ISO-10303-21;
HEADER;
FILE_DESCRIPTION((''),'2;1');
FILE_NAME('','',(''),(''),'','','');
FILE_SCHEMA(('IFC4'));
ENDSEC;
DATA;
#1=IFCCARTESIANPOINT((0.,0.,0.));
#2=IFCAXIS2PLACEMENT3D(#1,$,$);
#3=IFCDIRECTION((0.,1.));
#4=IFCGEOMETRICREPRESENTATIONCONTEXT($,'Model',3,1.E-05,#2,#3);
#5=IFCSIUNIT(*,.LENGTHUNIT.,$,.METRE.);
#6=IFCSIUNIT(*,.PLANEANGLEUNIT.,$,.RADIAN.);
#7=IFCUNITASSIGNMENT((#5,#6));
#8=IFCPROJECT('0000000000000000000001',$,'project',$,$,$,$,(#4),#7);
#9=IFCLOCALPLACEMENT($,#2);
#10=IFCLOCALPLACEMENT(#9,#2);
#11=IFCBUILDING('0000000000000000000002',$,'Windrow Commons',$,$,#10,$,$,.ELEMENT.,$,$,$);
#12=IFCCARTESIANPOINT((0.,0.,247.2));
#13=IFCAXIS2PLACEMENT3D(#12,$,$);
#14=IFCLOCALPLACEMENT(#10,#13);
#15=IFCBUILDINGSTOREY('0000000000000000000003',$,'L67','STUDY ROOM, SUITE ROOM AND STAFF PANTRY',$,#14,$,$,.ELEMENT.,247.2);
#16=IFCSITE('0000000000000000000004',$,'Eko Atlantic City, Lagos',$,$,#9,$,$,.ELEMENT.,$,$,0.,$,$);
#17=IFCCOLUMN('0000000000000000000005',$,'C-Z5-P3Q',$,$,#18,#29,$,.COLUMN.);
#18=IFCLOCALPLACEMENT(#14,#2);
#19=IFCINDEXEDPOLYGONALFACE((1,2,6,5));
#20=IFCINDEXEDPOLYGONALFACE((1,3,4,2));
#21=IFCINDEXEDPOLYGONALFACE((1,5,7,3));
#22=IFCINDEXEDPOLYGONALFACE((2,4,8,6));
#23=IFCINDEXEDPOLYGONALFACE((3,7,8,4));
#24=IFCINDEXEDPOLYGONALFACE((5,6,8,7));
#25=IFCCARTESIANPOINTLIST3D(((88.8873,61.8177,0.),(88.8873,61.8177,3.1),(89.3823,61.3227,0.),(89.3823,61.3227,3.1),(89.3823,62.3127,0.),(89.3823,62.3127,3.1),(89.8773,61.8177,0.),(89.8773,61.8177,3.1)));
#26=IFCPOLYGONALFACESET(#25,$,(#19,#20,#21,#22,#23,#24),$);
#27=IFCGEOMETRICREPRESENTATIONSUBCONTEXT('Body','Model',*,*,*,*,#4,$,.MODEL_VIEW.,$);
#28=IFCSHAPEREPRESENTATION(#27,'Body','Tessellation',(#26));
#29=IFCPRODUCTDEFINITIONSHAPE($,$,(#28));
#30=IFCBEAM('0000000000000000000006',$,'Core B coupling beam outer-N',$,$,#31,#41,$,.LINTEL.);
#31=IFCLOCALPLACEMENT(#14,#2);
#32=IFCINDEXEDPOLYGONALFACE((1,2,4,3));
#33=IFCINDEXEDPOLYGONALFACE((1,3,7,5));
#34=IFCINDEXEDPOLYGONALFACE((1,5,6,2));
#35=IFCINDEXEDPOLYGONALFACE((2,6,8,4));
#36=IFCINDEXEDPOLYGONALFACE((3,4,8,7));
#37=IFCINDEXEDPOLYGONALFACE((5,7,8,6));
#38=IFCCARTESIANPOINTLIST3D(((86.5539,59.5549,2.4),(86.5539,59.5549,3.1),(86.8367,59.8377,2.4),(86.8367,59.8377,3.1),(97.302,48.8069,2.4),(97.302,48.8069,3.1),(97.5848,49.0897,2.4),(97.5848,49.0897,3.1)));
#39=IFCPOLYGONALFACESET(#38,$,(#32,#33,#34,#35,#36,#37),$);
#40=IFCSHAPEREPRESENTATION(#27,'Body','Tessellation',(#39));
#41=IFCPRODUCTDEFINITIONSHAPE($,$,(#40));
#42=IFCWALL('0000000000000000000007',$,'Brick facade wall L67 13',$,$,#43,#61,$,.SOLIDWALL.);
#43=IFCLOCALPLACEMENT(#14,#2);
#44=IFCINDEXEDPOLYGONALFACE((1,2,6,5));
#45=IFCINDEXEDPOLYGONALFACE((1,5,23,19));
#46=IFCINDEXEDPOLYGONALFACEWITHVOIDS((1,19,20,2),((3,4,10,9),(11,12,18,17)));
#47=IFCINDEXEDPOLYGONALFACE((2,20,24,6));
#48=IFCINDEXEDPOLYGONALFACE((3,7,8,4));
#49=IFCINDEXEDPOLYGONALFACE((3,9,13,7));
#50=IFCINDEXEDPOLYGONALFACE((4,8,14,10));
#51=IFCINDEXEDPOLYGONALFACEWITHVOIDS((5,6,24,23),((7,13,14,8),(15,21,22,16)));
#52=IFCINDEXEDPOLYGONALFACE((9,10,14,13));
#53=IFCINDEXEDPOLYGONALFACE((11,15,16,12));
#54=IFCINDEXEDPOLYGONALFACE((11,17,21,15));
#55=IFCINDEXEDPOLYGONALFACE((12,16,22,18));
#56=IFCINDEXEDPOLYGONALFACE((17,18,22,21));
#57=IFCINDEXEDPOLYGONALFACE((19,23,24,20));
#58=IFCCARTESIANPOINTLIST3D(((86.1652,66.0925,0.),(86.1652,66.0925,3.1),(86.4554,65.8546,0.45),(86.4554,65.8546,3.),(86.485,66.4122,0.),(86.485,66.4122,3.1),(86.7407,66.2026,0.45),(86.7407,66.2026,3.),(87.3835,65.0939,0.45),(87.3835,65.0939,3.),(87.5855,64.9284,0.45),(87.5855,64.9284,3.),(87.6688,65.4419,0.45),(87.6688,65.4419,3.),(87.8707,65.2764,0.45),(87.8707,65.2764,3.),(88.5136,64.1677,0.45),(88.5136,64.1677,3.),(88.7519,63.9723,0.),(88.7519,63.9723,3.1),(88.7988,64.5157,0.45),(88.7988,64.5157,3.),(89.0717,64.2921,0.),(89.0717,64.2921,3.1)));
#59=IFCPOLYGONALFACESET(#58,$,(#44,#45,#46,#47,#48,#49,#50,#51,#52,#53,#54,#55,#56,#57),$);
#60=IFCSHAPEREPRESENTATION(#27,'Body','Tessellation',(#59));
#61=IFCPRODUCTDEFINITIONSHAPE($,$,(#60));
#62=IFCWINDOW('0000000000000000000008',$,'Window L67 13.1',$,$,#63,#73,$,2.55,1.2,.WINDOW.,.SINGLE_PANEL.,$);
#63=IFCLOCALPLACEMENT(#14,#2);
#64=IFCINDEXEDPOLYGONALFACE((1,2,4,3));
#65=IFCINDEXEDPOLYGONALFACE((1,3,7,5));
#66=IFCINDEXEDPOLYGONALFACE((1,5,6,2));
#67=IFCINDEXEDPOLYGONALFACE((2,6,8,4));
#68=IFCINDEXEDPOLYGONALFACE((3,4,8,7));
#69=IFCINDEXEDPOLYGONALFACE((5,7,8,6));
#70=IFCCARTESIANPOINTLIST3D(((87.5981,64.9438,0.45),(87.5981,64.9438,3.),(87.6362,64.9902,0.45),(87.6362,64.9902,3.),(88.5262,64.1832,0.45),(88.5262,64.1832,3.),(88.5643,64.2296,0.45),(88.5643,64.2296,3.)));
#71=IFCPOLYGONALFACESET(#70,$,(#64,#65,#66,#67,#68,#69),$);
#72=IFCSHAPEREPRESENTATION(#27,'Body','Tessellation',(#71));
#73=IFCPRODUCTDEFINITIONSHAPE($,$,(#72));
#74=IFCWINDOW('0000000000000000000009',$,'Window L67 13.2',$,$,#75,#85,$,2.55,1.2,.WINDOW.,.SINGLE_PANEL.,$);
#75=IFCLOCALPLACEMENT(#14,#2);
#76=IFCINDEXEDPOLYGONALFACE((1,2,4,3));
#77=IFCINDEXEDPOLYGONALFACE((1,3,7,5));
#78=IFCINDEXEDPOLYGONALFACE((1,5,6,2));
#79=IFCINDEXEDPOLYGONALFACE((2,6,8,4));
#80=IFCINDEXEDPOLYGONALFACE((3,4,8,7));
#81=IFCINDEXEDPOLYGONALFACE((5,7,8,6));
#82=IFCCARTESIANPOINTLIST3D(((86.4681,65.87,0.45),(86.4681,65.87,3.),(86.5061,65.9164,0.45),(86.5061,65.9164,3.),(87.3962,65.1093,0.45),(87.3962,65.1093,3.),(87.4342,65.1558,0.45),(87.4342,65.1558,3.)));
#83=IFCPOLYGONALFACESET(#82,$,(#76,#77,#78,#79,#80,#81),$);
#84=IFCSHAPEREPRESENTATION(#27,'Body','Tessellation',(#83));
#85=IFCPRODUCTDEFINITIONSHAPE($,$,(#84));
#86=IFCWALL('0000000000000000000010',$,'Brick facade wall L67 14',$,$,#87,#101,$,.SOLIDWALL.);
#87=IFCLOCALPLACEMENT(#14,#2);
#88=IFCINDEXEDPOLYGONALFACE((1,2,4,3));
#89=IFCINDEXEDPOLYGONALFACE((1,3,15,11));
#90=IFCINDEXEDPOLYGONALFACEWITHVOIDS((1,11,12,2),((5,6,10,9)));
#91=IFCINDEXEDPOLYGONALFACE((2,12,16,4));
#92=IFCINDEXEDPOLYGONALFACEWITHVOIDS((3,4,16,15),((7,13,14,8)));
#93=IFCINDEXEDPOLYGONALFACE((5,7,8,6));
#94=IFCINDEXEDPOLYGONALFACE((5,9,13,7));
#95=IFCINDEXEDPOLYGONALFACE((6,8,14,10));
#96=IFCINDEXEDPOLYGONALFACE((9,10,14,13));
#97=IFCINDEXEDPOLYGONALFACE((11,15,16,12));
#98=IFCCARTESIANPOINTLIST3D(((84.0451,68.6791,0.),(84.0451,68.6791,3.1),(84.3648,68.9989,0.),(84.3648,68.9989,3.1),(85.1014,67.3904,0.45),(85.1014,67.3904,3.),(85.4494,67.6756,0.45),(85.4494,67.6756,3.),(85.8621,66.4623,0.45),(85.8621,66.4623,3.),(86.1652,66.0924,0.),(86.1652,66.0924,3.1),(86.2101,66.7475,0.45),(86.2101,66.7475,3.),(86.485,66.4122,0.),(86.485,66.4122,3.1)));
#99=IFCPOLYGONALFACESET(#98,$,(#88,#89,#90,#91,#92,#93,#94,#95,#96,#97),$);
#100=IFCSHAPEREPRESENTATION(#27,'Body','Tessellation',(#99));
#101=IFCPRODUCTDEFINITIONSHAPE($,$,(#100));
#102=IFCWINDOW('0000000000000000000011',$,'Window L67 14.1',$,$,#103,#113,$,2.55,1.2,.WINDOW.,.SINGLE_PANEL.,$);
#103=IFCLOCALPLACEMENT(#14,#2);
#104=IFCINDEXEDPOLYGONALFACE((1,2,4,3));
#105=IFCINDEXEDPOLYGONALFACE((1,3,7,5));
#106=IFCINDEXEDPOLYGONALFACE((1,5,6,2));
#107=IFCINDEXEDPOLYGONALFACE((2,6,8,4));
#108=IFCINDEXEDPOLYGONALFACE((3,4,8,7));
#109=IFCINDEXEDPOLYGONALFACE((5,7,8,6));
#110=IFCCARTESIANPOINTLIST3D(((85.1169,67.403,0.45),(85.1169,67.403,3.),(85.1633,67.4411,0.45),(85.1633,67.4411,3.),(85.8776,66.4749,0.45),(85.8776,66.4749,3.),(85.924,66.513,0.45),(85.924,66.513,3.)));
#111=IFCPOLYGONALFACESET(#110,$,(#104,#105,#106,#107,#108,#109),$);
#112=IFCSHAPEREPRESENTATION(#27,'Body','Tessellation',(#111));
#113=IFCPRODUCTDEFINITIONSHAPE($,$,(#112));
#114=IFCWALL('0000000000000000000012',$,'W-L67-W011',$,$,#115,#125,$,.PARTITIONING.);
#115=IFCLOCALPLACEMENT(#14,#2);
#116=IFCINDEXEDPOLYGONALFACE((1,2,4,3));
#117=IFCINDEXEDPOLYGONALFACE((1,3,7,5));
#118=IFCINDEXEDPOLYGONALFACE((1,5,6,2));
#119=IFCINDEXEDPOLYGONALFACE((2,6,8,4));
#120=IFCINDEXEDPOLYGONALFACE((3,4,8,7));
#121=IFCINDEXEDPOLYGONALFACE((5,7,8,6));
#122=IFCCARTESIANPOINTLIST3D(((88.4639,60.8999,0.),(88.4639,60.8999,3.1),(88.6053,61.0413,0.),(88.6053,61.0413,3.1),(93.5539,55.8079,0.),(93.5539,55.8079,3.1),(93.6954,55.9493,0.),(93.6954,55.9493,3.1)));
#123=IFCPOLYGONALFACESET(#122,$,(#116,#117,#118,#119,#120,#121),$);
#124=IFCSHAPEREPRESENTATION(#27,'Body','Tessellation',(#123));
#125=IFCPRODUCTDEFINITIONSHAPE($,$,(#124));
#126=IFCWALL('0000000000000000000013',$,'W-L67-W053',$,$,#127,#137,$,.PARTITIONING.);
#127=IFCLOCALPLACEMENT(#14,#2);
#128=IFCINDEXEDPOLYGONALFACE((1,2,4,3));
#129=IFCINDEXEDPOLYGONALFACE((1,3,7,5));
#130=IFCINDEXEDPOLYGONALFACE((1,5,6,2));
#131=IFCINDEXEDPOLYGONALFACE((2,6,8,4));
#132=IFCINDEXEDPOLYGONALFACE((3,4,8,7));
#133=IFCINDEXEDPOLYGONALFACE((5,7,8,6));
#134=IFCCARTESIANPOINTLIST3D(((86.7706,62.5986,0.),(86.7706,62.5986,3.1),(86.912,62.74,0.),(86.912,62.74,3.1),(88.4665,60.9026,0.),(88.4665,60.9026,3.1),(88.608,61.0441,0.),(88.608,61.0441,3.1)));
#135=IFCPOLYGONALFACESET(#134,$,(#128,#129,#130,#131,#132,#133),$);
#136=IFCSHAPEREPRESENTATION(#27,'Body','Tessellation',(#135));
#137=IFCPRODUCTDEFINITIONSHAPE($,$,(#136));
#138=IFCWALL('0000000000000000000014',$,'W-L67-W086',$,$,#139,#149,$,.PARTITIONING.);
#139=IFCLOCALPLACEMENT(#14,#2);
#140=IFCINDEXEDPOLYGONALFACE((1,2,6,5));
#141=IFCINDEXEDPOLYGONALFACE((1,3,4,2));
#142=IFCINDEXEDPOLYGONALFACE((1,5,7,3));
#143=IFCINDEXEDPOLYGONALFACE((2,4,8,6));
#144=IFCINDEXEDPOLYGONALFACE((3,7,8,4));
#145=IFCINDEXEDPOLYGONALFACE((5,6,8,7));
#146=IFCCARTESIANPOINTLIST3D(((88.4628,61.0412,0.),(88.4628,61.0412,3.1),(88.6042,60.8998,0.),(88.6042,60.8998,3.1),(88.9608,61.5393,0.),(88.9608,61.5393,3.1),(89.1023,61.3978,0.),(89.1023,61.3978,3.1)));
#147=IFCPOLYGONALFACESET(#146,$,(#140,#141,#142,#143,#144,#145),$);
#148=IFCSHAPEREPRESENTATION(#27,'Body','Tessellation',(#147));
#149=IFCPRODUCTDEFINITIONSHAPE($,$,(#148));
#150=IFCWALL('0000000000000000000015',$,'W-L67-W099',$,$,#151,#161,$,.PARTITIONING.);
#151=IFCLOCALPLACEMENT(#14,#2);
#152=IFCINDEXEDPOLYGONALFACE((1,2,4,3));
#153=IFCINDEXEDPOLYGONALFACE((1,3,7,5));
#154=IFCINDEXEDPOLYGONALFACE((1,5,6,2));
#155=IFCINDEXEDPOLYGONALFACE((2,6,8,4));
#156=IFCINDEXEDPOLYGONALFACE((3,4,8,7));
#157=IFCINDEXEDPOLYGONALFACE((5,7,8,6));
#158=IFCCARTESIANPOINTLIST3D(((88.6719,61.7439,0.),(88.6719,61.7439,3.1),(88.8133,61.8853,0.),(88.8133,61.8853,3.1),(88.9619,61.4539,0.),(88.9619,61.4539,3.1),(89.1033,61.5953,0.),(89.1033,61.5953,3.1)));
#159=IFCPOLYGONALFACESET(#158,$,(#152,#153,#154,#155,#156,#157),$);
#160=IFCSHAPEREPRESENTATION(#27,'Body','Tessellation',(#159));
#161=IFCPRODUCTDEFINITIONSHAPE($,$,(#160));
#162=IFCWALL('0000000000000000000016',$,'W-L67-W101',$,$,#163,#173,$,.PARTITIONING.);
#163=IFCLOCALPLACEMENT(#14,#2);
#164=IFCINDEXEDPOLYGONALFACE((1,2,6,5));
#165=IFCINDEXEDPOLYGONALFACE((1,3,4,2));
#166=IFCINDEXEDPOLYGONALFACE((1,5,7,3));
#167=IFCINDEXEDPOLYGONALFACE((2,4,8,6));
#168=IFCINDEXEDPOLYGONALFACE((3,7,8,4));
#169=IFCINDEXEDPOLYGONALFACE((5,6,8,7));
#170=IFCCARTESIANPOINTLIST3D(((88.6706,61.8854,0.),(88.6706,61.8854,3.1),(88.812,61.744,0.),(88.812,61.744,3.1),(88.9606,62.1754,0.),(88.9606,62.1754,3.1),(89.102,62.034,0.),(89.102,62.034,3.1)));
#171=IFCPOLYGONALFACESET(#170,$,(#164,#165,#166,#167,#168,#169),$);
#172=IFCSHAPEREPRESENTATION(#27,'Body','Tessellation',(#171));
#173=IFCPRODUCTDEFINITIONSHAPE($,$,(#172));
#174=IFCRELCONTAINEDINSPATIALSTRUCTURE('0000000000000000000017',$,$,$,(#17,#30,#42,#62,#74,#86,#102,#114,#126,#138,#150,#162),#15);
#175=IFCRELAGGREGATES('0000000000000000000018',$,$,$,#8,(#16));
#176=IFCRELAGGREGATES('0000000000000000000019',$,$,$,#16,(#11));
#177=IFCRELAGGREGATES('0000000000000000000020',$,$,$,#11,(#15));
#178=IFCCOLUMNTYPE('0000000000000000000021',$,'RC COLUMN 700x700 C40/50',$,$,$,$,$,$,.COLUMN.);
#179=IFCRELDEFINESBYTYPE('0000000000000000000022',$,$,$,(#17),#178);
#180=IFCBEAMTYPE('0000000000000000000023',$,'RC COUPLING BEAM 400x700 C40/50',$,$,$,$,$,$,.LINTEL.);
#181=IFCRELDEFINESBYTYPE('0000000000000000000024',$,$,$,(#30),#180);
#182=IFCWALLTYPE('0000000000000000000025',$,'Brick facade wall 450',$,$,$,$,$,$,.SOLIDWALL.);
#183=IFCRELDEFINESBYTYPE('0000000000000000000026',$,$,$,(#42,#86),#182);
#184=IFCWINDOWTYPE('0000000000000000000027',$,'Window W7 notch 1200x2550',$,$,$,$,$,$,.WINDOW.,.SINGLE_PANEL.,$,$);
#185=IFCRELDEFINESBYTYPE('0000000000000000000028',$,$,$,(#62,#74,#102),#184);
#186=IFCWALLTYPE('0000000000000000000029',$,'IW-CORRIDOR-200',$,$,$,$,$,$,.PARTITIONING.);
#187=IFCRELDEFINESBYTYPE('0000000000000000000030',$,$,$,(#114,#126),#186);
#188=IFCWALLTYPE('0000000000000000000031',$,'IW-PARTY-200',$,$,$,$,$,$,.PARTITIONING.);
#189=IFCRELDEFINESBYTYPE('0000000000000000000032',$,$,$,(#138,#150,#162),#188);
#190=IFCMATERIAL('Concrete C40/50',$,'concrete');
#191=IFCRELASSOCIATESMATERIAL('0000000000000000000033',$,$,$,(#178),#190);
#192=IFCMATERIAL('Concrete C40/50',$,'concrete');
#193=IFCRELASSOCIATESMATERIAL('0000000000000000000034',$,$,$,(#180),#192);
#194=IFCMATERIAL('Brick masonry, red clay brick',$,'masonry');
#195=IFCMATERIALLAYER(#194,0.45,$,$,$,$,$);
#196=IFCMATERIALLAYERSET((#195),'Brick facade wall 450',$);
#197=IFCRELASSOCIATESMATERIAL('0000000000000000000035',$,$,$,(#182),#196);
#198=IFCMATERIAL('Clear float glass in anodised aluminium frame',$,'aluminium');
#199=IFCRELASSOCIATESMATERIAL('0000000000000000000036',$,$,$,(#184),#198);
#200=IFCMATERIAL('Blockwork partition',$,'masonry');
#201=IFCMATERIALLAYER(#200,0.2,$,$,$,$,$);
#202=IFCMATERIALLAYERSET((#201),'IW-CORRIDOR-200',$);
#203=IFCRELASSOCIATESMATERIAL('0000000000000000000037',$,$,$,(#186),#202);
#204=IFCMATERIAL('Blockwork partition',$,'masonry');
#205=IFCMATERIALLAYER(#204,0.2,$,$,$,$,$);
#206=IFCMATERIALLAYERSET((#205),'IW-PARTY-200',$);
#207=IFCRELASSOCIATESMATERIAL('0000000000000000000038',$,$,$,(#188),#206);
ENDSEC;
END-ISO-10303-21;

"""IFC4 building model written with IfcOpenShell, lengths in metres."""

from ifc_helpers import new_model, si_unit, direction, frame, frame_2d, origin, origin_2d, place, context, subcontext, project, spatial, polyline, rectangle, outline, extrude, material, layer, layer_set, material_profile, profile_set, type_object, element, fill, save


model = new_model("IFC4")

# Units and contexts
model_context = context("Model", 3, precision=1e-05, world=origin(), true_north=direction((0.0, 1.0)))
body_context = subcontext(model_context, "Body", "Model", "MODEL_VIEW")
ifc_project = project(units=[si_unit("LENGTHUNIT", "METRE"), si_unit("PLANEANGLEUNIT", "RADIAN")], contexts=[model_context])

# Site, building, storey
site_placement = place(None, origin())
site = spatial("IfcSite", under=ifc_project, at=site_placement, Name="Eko Atlantic City, Lagos", CompositionType="ELEMENT", RefElevation=0.0)
building_placement = place(site_placement, origin())
building = spatial("IfcBuilding", under=site, at=building_placement, Name="Windrow Commons", CompositionType="ELEMENT")
storey_placement = place(building_placement, frame((0.0, 0.0, 247.2)))
storey = spatial("IfcBuildingStorey", under=building, at=storey_placement, Name="L67", Description="STUDY ROOM, SUITE ROOM AND STAFF PANTRY", CompositionType="ELEMENT", Elevation=247.2)

# Column
ifc_material_1 = material(Name="Concrete C40/50", Category="concrete")
ifc_material_profile_1 = material_profile(ifc_material_1, rectangle(XDim=0.7, YDim=0.7, at=origin_2d()))
ifc_profile_set_1 = profile_set([ifc_material_profile_1], Name="Concrete C40/50")
column_type = type_object("IfcColumnType", Name="RC COLUMN 700x700 C40/50", PredefinedType="COLUMN", material=ifc_profile_set_1)
column_placement = place(storey_placement, frame((89.3823, 61.8177, 0.0), z_axis=(0.0, 0.0, 1.0), x_axis=(0.707107, -0.707107, 0.0)))
element("IfcColumn", 1, at=column_placement, inside=storey, type_object=column_type, Name="C-Z5-P3Q", PredefinedType="COLUMN", context=body_context, shape_type="SweptSolid", body=[
    extrude(rectangle(XDim=0.7, YDim=0.7, at=origin_2d()), origin(), (0.0, 0.0, 1.0), 3.1),
])

# Beam
ifc_material_2 = material(Name="Concrete C40/50", Category="concrete")
ifc_material_profile_2 = material_profile(ifc_material_2, rectangle(XDim=0.4, YDim=0.7, at=origin_2d()))
ifc_profile_set_2 = profile_set([ifc_material_profile_2], Name="Concrete C40/50")
beam_type = type_object("IfcBeamType", Name="RC COUPLING BEAM 400x700 C40/50", PredefinedType="LINTEL", material=ifc_profile_set_2)
beam_placement = place(storey_placement, frame((86.6953, 59.6963, 2.75), z_axis=(0.70711, -0.707103, 0.0), x_axis=(0.707103, 0.70711, 0.0)))
element("IfcBeam", 2, at=beam_placement, inside=storey, type_object=beam_type, Name="Core B coupling beam outer-N", PredefinedType="LINTEL", context=body_context, shape_type="SweptSolid", body=[
    extrude(rectangle(XDim=0.4, YDim=0.7, at=origin_2d()), origin(), (0.0, 0.0, 1.0), 15.2),
])

# Wall, openings, windows
ifc_material_3 = material(Name="Brick masonry, red clay brick", Category="masonry")
ifc_layer_1 = layer(ifc_material_3, 0.45)
ifc_layer_set_1 = layer_set([ifc_layer_1], Name="Brick facade wall 450")
wall_type_1 = type_object("IfcWallType", Name="Brick facade wall 450", PredefinedType="SOLIDWALL", material=ifc_layer_set_1)
wall_1_placement = place(storey_placement, frame((88.9118, 64.1322, 0.0), z_axis=(0.0, 0.0, 1.0), x_axis=(-0.773413, 0.633902, 0.0)))
wall_1 = element("IfcWall", 3, at=wall_1_placement, inside=storey, type_object=wall_type_1, Name="Brick facade wall L67 13", PredefinedType="SOLIDWALL", context=body_context, shape_type="SweptSolid", body=[
    extrude(outline(polyline([(-0.0223, -0.225), (3.3222, -0.225), (3.3669, 0.225), (0.0223, 0.225), (-0.0223, -0.225)])), origin(), (0.0, 0.0, 1.0), 3.1),
])
opening_1_placement = place(wall_1_placement, frame((0.3305, 0.0, 0.45)))
opening_1 = element("IfcOpeningElement", 4, at=opening_1_placement, cuts=wall_1, PredefinedType="OPENING", context=body_context, shape_type="SweptSolid", body=[
    extrude(rectangle(XDim=1.2, YDim=2.55, at=frame_2d((0.6, 1.275))), frame((0.0, 0.235, 0.0), z_axis=(0.0, -1.0, 0.0), x_axis=(1.0, 0.0, 0.0)), (0.0, 0.0, 1.0), 0.47),
])
opening_2_placement = place(wall_1_placement, frame((1.7916, 0.0, 0.45)))
opening_2 = element("IfcOpeningElement", 5, at=opening_2_placement, cuts=wall_1, PredefinedType="OPENING", context=body_context, shape_type="SweptSolid", body=[
    extrude(rectangle(XDim=1.2, YDim=2.55, at=frame_2d((0.6, 1.275))), frame((0.0, 0.235, 0.0), z_axis=(0.0, -1.0, 0.0), x_axis=(1.0, 0.0, 0.0)), (0.0, 0.0, 1.0), 0.47),
])
ifc_material_4 = material(Name="Clear float glass in anodised aluminium frame", Category="aluminium")
window_type = type_object("IfcWindowType", Name="Window W7 notch 1200x2550", PartitioningType="SINGLE_PANEL", PredefinedType="WINDOW", material=ifc_material_4)
window_1_placement = place(opening_1_placement, origin())
window_1 = element("IfcWindow", 6, at=window_1_placement, inside=storey, type_object=window_type, Name="Window L67 13.1", OverallHeight=2.55, OverallWidth=1.2, PartitioningType="SINGLE_PANEL", PredefinedType="WINDOW", context=body_context, shape_type="SweptSolid", body=[
    extrude(rectangle(XDim=1.2, YDim=2.55, at=frame_2d((0.6, 1.275))), frame((0.0, 0.205, 0.0), z_axis=(0.0, -1.0, 0.0), x_axis=(1.0, 0.0, 0.0)), (0.0, 0.0, 1.0), 0.06),
])
fill(opening_1, window_1)
window_2_placement = place(opening_2_placement, origin())
window_2 = element("IfcWindow", 7, at=window_2_placement, inside=storey, type_object=window_type, Name="Window L67 13.2", OverallHeight=2.55, OverallWidth=1.2, PartitioningType="SINGLE_PANEL", PredefinedType="WINDOW", context=body_context, shape_type="SweptSolid", body=[
    extrude(rectangle(XDim=1.2, YDim=2.55, at=frame_2d((0.6, 1.275))), frame((0.0, 0.205, 0.0), z_axis=(0.0, -1.0, 0.0), x_axis=(1.0, 0.0, 0.0)), (0.0, 0.0, 1.0), 0.06),
])
fill(opening_2, window_2)

# Wall, opening, window
wall_2_placement = place(storey_placement, frame((86.3251, 66.2523, 0.0), z_axis=(0.0, 0.0, 1.0), x_axis=(-0.633902, 0.773413, 0.0)))
wall_2 = element("IfcWall", 8, at=wall_2_placement, inside=storey, type_object=wall_type_1, Name="Brick facade wall L67 14", PredefinedType="SOLIDWALL", context=body_context, shape_type="SweptSolid", body=[
    extrude(outline(polyline([(0.0223, -0.225), (3.3669, -0.225), (3.3222, 0.225), (-0.0223, 0.225), (0.0223, -0.225)])), origin(), (0.0, 0.0, 1.0), 3.1),
])
opening_3_placement = place(wall_2_placement, frame((0.4559, 0.0, 0.45)))
opening_3 = element("IfcOpeningElement", 9, at=opening_3_placement, cuts=wall_2, PredefinedType="OPENING", context=body_context, shape_type="SweptSolid", body=[
    extrude(rectangle(XDim=1.2, YDim=2.55, at=frame_2d((0.6, 1.275))), frame((0.0, 0.235, 0.0), z_axis=(0.0, -1.0, 0.0), x_axis=(1.0, 0.0, 0.0)), (0.0, 0.0, 1.0), 0.47),
])
window_3_placement = place(opening_3_placement, origin())
window_3 = element("IfcWindow", 10, at=window_3_placement, inside=storey, type_object=window_type, Name="Window L67 14.1", OverallHeight=2.55, OverallWidth=1.2, PartitioningType="SINGLE_PANEL", PredefinedType="WINDOW", context=body_context, shape_type="SweptSolid", body=[
    extrude(rectangle(XDim=1.2, YDim=2.55, at=frame_2d((0.6, 1.275))), frame((0.0, 0.205, 0.0), z_axis=(0.0, -1.0, 0.0), x_axis=(1.0, 0.0, 0.0)), (0.0, 0.0, 1.0), 0.06),
])
fill(opening_3, window_3)

# Walls
ifc_material_5 = material(Name="Blockwork partition", Category="masonry")
ifc_layer_2 = layer(ifc_material_5, 0.2)
ifc_layer_set_2 = layer_set([ifc_layer_2], Name="IW-CORRIDOR-200")
wall_type_2 = type_object("IfcWallType", Name="IW-CORRIDOR-200", PredefinedType="PARTITIONING", material=ifc_layer_set_2)
wall_3_placement = place(storey_placement, frame((88.5346, 60.9706, 0.0), z_axis=(0.0, 0.0, 1.0), x_axis=(0.706968, -0.707246, 0.0)))
element("IfcWall", 11, at=wall_3_placement, inside=storey, type_object=wall_type_2, Name="W-L67-W011", PredefinedType="PARTITIONING", context=body_context, shape_type="SweptSolid", body=[
    extrude(rectangle(XDim=7.1998, YDim=0.2, at=frame_2d((3.5999, 0.0))), origin(), (0.0, 0.0, 1.0), 3.1),
])
wall_4_placement = place(storey_placement, frame((86.8413, 62.6693, 0.0), z_axis=(0.0, 0.0, 1.0), x_axis=(0.707107, -0.707107, 0.0)))
element("IfcWall", 12, at=wall_4_placement, inside=storey, type_object=wall_type_2, Name="W-L67-W053", PredefinedType="PARTITIONING", context=body_context, shape_type="SweptSolid", body=[
    extrude(rectangle(XDim=2.3985, YDim=0.2, at=frame_2d((1.1992, 0.0))), origin(), (0.0, 0.0, 1.0), 3.1),
])
ifc_material_6 = material(Name="Blockwork partition", Category="masonry")
ifc_layer_3 = layer(ifc_material_6, 0.2)
ifc_layer_set_3 = layer_set([ifc_layer_3], Name="IW-PARTY-200")
wall_type_3 = type_object("IfcWallType", Name="IW-PARTY-200", PredefinedType="PARTITIONING", material=ifc_layer_set_3)
wall_5_placement = place(storey_placement, frame((88.5335, 60.9705, 0.0), z_axis=(0.0, 0.0, 1.0), x_axis=(0.707107, 0.707107, 0.0)))
element("IfcWall", 13, at=wall_5_placement, inside=storey, type_object=wall_type_3, Name="W-L67-W086", PredefinedType="PARTITIONING", context=body_context, shape_type="SweptSolid", body=[
    extrude(rectangle(XDim=0.7043, YDim=0.2, at=frame_2d((0.3522, 0.0))), origin(), (0.0, 0.0, 1.0), 3.1),
])
for number, where, z_axis, x_axis, name in (
    (14, (88.7426, 61.8146, 0.0), (0.0, 0.0, 1.0), (0.707107, -0.707107, 0.0), "W-L67-W099"),
    (15, (88.7413, 61.8147, 0.0), (0.0, 0.0, 1.0), (0.707107, 0.707107, 0.0), "W-L67-W101"),
):
    element("IfcWall", number, at=place(storey_placement, frame(where, z_axis=z_axis, x_axis=x_axis)), inside=storey, type_object=wall_type_3, Name=name, PredefinedType="PARTITIONING", context=body_context, shape_type="SweptSolid", body=[
        extrude(rectangle(XDim=0.4101, YDim=0.2, at=frame_2d((0.2051, 0.0))), origin(), (0.0, 0.0, 1.0), 3.1),
    ])

save(model, "model.ifc")
